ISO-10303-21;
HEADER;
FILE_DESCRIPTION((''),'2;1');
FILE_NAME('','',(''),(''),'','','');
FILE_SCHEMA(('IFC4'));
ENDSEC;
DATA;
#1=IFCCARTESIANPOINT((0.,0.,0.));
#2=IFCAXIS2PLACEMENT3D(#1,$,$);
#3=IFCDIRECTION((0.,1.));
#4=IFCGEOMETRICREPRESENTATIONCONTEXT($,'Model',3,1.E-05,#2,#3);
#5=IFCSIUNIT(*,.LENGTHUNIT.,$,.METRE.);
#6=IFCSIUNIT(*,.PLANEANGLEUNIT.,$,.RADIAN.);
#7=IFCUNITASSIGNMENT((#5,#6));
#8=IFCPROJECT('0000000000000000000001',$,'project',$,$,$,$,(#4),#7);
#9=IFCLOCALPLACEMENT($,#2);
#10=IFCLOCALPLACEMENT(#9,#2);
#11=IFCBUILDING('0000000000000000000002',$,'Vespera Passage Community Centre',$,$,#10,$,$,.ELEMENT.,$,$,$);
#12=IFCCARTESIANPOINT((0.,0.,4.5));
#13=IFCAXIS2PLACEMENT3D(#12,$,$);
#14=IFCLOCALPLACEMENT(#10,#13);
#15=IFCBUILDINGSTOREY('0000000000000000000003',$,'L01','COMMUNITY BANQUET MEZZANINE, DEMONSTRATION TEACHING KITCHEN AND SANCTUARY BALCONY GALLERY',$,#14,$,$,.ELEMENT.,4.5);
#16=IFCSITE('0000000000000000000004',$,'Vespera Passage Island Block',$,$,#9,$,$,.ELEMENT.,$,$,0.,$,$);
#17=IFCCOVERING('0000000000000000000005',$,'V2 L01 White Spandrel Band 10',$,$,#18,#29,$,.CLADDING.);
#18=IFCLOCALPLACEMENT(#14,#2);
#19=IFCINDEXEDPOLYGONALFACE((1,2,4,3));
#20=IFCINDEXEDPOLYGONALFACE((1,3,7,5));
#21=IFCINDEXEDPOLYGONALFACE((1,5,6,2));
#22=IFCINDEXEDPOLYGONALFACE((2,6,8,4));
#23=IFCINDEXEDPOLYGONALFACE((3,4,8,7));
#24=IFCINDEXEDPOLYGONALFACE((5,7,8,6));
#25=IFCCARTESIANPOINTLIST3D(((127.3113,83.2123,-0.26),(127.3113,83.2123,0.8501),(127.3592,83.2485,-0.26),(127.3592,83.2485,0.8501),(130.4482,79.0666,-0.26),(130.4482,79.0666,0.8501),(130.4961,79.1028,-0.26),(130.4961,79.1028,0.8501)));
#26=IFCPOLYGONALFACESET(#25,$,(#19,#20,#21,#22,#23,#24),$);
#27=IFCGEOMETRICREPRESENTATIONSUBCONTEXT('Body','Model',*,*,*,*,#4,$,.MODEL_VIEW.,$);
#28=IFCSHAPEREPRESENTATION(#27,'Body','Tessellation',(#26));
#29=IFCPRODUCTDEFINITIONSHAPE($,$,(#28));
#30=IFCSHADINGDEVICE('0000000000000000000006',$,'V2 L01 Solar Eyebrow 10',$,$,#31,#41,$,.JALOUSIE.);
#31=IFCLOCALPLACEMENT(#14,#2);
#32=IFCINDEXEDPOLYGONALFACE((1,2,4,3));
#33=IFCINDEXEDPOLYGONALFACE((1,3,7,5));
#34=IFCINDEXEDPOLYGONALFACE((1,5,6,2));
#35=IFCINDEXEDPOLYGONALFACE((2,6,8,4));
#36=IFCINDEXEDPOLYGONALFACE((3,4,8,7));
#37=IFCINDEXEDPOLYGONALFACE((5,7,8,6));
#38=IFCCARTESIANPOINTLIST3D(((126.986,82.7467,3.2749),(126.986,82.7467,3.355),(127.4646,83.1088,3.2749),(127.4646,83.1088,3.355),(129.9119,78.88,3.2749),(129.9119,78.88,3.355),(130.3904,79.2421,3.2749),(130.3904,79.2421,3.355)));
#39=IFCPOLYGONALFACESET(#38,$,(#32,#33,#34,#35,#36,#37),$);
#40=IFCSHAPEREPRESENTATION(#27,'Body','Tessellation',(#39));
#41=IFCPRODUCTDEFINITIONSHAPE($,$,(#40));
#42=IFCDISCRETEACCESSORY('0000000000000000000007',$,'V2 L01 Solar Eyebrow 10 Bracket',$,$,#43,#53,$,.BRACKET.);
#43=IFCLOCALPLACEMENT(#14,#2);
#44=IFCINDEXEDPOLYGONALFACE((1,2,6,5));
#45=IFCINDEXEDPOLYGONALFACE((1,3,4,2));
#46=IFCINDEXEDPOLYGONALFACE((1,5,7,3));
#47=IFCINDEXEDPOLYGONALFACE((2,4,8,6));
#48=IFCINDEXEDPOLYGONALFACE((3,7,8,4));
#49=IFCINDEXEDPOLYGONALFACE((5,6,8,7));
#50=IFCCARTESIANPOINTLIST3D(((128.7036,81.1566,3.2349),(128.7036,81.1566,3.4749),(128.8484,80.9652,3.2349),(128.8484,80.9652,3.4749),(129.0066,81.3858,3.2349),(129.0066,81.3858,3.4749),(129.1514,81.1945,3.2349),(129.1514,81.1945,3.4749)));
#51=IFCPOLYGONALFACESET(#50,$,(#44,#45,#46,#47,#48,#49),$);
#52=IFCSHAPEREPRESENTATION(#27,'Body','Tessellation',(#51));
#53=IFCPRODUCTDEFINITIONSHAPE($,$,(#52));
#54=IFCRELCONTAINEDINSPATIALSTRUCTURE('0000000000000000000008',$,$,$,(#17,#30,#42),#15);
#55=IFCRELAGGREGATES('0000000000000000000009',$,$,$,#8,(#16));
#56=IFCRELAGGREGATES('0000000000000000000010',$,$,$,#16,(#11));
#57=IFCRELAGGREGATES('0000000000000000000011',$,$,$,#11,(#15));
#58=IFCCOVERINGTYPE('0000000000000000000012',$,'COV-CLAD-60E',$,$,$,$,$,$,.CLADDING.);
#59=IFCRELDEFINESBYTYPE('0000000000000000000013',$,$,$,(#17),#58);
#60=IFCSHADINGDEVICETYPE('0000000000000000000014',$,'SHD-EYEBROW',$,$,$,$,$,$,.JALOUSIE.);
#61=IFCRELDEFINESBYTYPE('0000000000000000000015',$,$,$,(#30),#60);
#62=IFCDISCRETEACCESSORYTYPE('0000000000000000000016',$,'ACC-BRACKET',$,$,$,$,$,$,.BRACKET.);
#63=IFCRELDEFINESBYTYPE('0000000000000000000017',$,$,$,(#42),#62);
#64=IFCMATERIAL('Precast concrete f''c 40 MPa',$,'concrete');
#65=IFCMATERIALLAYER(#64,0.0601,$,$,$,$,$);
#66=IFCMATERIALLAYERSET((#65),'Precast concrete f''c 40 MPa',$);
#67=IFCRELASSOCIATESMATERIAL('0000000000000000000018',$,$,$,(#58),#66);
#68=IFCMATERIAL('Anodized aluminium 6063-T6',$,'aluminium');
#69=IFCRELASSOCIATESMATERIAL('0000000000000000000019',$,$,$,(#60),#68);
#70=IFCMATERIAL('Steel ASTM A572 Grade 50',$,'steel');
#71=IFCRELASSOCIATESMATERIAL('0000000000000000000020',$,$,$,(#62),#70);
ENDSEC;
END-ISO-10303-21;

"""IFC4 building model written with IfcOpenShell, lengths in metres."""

from ifc_helpers import new_model, si_unit, direction, frame, frame_2d, origin, origin_2d, place, context, subcontext, project, spatial, rectangle, extrude, material, layer, layer_set, type_object, element, save


model = new_model("IFC4")

# Units and contexts
model_context = context("Model", 3, precision=1e-05, world=origin(), true_north=direction((0.0, 1.0)))
body_context = subcontext(model_context, "Body", "Model", "MODEL_VIEW")
ifc_project = project(units=[si_unit("LENGTHUNIT", "METRE"), si_unit("PLANEANGLEUNIT", "RADIAN")], contexts=[model_context])

# Site, building, storey
site_placement = place(None, origin())
site = spatial("IfcSite", under=ifc_project, at=site_placement, Name="Vespera Passage Island Block", CompositionType="ELEMENT", RefElevation=0.0)
building_placement = place(site_placement, origin())
building = spatial("IfcBuilding", under=site, at=building_placement, Name="Vespera Passage Community Centre", CompositionType="ELEMENT")
storey_placement = place(building_placement, frame((0.0, 0.0, 4.5)))
storey = spatial("IfcBuildingStorey", under=building, at=storey_placement, Name="L01", Description="COMMUNITY BANQUET MEZZANINE, DEMONSTRATION TEACHING KITCHEN AND SANCTUARY BALCONY GALLERY", CompositionType="ELEMENT", Elevation=4.5)

# Covering
ifc_material_1 = material(Name="Precast concrete f'c 40 MPa", Category="concrete")
ifc_layer_1 = layer(ifc_material_1, 0.0601)
ifc_layer_set_1 = layer_set([ifc_layer_1], Name="Precast concrete f'c 40 MPa")
covering_type = type_object("IfcCoveringType", Name="COV-CLAD-60E", PredefinedType="CLADDING", material=ifc_layer_set_1)
covering_1_placement = place(storey_placement, frame((130.4722, 79.0847, -0.26), z_axis=(0.0, 0.0, 1.0), x_axis=(-0.603398, 0.79744, 0.0)))
element("IfcCovering", 1, at=covering_1_placement, inside=storey, type_object=covering_type, Name="V2 L01 White Spandrel Band 10", PredefinedType="CLADDING", context=body_context, shape_type="SweptSolid", body=[
    extrude(rectangle(XDim=5.1987, YDim=0.0601, at=frame_2d((2.5994, 0.0))), origin(), (0.0, 0.0, 1.0), 1.1101),
])

# Shading device
ifc_material_2 = material(Name="Anodized aluminium 6063-T6", Category="aluminium")
shading_device_type = type_object("IfcShadingDeviceType", Name="SHD-EYEBROW", PredefinedType="JALOUSIE", material=ifc_material_2)
shading_device_placement = place(storey_placement, frame((128.6882, 80.9944, 3.2749), z_axis=(0.0, 0.0, 1.0), x_axis=(-0.603403, 0.797437, 0.0)))
element("IfcShadingDevice", 2, at=shading_device_placement, inside=storey, type_object=shading_device_type, Name="V2 L01 Solar Eyebrow 10", PredefinedType="JALOUSIE", context=body_context, shape_type="SweptSolid", body=[
    extrude(rectangle(XDim=4.8489, YDim=0.6001, at=origin_2d()), origin(), (0.0, 0.0, 1.0), 0.0801),
])

# Discrete accessory
ifc_material_3 = material(Name="Steel ASTM A572 Grade 50", Category="steel")
discrete_accessory_type = type_object("IfcDiscreteAccessoryType", Name="ACC-BRACKET", PredefinedType="BRACKET", material=ifc_material_3)
discrete_accessory_placement = place(storey_placement, frame((128.9275, 81.1755, 3.2349), z_axis=(0.0, 0.0, 1.0), x_axis=(-0.603403, 0.797437, 0.0)))
element("IfcDiscreteAccessory", 3, at=discrete_accessory_placement, inside=storey, type_object=discrete_accessory_type, Name="V2 L01 Solar Eyebrow 10 Bracket", PredefinedType="BRACKET", context=body_context, shape_type="SweptSolid", body=[
    extrude(rectangle(XDim=0.24, YDim=0.3799, at=origin_2d()), origin(), (0.0, 0.0, 1.0), 0.24),
])

save(model, "model.ifc")
